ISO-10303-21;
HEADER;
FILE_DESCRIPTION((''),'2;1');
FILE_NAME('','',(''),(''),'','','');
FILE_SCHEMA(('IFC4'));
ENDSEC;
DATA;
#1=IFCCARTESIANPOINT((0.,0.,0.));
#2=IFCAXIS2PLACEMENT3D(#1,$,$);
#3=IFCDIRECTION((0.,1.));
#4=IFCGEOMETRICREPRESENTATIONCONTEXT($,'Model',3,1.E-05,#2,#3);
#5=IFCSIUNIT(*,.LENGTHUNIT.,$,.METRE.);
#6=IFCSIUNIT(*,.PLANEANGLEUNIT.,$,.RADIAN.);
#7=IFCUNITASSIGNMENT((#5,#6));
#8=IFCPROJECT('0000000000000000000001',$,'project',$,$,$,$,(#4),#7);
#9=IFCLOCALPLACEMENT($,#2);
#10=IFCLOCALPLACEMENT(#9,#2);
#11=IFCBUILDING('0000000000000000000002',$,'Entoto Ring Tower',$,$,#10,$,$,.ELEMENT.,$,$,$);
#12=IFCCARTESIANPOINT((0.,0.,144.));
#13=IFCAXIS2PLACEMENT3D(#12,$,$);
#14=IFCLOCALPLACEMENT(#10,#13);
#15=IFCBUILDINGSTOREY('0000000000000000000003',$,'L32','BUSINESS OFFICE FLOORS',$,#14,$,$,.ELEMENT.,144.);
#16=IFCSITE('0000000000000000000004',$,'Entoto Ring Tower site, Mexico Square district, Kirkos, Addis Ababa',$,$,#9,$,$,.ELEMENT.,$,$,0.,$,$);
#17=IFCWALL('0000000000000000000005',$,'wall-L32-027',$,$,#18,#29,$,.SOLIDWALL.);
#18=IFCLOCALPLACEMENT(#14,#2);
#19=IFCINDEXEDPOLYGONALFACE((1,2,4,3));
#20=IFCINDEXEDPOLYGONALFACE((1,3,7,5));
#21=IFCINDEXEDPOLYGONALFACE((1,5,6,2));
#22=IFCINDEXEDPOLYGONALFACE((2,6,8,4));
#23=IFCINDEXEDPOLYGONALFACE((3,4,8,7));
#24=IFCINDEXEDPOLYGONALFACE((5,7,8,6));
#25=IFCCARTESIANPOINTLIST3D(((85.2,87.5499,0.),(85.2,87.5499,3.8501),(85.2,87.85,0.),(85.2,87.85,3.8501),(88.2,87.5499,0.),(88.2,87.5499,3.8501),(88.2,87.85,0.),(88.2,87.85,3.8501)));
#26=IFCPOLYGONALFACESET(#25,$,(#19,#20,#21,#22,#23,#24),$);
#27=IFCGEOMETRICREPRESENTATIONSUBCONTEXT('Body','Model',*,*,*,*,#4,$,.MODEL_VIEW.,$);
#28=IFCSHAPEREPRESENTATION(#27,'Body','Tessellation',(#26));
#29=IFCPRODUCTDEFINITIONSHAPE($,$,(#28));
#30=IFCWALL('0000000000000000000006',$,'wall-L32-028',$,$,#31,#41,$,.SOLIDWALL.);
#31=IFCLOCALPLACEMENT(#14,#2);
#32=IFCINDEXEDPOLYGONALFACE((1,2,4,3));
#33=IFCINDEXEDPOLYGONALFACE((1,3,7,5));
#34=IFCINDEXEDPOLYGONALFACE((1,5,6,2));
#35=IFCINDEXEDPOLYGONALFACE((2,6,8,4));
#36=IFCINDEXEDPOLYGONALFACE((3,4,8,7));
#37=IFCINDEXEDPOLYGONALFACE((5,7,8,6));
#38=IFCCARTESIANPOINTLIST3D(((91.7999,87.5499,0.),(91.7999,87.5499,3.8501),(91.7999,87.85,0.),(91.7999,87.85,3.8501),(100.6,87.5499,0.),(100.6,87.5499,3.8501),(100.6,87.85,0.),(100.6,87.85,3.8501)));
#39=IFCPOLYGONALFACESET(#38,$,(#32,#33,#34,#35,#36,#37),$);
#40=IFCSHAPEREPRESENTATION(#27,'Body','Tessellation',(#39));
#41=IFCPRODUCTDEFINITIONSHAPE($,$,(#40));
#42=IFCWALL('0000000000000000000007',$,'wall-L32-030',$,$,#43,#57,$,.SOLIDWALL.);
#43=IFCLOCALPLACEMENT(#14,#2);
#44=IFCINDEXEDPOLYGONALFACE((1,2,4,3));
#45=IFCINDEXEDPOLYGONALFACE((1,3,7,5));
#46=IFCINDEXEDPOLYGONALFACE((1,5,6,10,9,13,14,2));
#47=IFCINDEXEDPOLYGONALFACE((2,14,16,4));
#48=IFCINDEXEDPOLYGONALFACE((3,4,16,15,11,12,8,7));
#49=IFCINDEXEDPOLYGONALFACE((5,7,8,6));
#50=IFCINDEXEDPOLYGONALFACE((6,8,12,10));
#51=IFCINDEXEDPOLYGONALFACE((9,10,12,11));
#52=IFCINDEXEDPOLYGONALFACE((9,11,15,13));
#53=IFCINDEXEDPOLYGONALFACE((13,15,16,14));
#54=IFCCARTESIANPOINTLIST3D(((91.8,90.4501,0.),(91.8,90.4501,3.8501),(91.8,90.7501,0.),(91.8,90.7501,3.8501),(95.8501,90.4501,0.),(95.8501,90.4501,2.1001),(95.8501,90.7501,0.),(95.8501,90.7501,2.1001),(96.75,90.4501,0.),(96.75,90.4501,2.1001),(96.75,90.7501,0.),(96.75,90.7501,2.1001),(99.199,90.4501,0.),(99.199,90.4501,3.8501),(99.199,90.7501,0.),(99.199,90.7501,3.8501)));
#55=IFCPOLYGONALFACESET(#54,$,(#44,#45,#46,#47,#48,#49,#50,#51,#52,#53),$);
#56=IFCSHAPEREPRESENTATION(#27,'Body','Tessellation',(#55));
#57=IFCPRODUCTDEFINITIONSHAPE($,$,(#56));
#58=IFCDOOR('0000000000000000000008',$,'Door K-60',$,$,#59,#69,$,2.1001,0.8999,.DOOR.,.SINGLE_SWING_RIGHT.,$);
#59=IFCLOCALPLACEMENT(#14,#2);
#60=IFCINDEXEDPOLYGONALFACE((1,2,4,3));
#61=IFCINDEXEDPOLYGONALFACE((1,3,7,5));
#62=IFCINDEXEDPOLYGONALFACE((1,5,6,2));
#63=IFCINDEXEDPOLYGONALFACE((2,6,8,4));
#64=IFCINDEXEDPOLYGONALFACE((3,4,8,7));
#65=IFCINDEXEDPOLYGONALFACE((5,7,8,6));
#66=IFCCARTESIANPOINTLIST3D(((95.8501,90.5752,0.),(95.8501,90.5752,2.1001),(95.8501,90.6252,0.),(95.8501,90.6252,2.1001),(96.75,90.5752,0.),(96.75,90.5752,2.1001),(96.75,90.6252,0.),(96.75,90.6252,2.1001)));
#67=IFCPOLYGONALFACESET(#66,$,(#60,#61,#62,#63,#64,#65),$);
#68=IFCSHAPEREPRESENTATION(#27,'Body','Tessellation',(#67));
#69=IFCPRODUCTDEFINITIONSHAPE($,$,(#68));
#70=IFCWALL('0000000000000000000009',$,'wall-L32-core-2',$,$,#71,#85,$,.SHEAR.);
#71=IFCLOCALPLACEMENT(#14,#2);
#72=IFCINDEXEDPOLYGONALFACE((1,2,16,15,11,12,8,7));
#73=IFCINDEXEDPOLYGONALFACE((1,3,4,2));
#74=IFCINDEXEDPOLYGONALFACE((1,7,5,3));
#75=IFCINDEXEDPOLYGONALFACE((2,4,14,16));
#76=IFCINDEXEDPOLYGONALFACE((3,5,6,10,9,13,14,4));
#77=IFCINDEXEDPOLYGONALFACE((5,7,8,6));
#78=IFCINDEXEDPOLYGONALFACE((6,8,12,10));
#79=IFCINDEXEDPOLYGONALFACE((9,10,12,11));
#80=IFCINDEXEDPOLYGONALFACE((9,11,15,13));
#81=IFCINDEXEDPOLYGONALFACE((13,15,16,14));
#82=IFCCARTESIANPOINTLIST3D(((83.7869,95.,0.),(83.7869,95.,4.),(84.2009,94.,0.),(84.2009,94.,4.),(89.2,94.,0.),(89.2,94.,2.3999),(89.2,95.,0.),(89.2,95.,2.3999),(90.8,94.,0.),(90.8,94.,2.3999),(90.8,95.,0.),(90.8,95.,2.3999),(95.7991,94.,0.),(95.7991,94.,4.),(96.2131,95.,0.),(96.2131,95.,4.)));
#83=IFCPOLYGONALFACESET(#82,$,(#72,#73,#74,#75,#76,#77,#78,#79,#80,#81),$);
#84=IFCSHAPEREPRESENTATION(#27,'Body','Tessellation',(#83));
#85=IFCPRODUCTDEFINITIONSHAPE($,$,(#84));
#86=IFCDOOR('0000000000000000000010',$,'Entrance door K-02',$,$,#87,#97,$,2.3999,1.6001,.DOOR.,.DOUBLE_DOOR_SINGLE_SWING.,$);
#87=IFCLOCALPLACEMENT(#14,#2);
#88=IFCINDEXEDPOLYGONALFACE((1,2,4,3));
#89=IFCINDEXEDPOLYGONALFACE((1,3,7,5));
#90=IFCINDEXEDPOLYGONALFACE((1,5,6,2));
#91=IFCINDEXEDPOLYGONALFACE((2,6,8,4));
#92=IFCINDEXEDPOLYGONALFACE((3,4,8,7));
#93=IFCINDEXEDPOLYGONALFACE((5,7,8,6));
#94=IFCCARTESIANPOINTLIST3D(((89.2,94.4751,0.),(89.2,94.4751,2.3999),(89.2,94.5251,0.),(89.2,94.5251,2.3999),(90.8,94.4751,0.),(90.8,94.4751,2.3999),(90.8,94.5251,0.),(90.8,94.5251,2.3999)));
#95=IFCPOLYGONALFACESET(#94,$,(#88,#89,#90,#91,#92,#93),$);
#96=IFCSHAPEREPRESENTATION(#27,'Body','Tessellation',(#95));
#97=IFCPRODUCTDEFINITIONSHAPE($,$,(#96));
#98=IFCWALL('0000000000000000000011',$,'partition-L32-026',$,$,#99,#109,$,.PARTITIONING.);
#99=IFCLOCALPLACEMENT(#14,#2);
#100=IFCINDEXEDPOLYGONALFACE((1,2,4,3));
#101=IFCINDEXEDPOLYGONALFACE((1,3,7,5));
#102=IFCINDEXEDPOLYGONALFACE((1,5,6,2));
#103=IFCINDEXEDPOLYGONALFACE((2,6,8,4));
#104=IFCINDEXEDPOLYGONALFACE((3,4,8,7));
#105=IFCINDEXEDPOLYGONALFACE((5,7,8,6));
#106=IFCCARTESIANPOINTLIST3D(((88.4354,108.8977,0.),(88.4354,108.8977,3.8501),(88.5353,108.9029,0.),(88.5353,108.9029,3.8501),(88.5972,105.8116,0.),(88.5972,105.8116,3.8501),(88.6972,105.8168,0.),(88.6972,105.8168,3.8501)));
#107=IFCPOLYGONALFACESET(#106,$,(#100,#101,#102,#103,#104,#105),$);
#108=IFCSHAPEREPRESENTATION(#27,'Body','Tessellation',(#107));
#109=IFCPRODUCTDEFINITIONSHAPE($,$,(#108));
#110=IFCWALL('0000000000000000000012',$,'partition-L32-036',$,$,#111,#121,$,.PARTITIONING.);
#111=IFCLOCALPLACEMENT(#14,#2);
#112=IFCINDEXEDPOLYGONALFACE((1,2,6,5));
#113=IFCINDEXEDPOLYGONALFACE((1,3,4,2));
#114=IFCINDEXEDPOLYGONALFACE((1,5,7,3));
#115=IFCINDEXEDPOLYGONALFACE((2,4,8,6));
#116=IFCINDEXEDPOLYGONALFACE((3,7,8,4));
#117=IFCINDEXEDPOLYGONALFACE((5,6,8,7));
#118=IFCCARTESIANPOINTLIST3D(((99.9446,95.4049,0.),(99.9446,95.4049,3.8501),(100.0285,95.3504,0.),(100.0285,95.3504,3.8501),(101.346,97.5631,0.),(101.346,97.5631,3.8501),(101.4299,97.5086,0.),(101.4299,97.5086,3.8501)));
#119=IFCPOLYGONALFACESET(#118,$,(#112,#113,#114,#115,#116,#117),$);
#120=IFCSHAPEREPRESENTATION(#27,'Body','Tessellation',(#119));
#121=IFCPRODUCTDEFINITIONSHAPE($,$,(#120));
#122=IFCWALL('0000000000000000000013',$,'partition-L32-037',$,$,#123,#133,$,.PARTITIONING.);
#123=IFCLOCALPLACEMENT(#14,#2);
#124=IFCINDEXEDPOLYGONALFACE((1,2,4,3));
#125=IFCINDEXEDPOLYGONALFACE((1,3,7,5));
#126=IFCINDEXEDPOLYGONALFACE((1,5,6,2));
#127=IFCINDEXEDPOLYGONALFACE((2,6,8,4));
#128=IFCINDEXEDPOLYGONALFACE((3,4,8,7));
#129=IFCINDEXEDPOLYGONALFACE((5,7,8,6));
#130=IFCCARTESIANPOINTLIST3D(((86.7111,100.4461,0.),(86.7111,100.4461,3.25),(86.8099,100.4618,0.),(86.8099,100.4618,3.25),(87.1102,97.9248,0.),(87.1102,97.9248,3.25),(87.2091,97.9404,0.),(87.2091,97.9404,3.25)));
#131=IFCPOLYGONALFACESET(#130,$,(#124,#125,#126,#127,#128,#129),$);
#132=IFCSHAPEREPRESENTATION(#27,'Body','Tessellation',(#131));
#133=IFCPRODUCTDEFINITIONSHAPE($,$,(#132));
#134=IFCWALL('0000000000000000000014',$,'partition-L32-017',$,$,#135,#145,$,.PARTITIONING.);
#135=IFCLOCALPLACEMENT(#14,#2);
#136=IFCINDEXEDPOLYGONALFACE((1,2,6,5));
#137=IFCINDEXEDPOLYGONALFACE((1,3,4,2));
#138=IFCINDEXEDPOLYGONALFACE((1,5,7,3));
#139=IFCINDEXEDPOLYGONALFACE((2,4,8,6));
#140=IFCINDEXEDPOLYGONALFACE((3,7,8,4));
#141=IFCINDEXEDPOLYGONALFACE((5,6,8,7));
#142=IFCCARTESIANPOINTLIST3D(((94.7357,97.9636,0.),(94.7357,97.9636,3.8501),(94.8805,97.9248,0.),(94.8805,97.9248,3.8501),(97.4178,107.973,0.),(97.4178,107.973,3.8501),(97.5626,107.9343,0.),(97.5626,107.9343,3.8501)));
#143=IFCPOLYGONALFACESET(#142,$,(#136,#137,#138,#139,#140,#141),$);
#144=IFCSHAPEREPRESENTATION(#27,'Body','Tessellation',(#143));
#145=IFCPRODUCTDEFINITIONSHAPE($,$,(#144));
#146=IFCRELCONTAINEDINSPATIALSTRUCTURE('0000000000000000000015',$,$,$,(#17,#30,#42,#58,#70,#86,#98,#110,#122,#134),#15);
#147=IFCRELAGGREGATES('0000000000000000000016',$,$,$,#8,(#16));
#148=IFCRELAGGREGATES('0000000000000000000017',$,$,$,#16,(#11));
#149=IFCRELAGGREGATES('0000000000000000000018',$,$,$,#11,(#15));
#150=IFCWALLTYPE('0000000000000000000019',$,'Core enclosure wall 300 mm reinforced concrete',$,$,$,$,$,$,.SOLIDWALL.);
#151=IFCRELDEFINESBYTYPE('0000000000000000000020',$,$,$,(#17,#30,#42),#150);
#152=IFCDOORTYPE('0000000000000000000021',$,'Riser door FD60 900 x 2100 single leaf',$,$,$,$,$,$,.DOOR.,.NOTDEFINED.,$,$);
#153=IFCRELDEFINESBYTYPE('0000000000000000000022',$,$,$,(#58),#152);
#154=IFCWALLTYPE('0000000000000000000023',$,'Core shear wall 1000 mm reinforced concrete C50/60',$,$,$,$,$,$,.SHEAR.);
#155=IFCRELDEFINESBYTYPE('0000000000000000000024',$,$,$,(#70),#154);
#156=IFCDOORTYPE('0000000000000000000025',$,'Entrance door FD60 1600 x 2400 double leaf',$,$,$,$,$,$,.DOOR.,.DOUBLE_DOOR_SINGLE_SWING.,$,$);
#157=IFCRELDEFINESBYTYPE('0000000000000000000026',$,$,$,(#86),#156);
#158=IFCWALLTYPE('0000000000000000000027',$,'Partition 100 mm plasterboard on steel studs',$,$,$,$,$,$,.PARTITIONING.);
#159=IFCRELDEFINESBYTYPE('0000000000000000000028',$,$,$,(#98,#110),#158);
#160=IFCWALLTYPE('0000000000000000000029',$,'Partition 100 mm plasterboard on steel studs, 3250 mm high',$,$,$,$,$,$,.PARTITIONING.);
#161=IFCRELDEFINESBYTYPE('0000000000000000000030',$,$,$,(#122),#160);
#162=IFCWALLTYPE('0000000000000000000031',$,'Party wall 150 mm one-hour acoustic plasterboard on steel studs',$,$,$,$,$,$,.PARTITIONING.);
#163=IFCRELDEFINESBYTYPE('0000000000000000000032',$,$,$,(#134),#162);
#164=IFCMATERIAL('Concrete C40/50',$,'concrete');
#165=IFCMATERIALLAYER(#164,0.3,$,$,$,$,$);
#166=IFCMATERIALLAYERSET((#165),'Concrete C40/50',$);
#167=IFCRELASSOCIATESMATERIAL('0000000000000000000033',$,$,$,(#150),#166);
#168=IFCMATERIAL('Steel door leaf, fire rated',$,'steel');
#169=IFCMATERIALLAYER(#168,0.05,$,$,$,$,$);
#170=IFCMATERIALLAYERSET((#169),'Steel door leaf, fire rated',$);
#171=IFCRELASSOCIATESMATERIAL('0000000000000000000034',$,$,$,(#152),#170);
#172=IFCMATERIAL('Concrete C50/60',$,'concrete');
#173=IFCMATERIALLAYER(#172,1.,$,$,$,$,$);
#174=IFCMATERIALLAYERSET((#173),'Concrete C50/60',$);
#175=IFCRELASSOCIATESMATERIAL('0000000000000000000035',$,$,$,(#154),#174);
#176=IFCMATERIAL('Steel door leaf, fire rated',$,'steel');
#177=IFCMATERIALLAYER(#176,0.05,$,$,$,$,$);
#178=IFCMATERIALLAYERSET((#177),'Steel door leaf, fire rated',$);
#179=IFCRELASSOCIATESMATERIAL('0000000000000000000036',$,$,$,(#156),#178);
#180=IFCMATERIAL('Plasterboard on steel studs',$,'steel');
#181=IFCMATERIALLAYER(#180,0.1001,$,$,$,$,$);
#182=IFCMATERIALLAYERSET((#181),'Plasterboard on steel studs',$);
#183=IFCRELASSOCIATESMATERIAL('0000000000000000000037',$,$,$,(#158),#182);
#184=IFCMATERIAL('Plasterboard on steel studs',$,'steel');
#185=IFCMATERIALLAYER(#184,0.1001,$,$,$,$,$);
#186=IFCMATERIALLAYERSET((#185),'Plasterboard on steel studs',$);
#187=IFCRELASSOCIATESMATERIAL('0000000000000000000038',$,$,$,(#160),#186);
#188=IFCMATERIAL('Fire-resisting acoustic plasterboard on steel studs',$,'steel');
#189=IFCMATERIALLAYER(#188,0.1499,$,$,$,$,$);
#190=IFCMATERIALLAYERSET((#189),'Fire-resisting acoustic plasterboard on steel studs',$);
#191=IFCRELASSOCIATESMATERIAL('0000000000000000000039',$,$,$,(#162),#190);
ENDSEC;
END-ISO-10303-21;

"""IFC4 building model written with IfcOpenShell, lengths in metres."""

from ifc_helpers import new_model, si_unit, direction, frame, frame_2d, origin, place, context, subcontext, project, spatial, polyline, rectangle, outline, extrude, material, layer, layer_set, type_object, element, fill, save


model = new_model("IFC4")

# Units and contexts
model_context = context("Model", 3, precision=1e-05, world=origin(), true_north=direction((0.0, 1.0)))
body_context = subcontext(model_context, "Body", "Model", "MODEL_VIEW")
ifc_project = project(units=[si_unit("LENGTHUNIT", "METRE"), si_unit("PLANEANGLEUNIT", "RADIAN")], contexts=[model_context])

# Site, building, storey
site_placement = place(None, origin())
site = spatial("IfcSite", under=ifc_project, at=site_placement, Name="Entoto Ring Tower site, Mexico Square district, Kirkos, Addis Ababa", CompositionType="ELEMENT", RefElevation=0.0)
building_placement = place(site_placement, origin())
building = spatial("IfcBuilding", under=site, at=building_placement, Name="Entoto Ring Tower", CompositionType="ELEMENT")
storey_placement = place(building_placement, frame((0.0, 0.0, 144.0)))
storey = spatial("IfcBuildingStorey", under=building, at=storey_placement, Name="L32", Description="BUSINESS OFFICE FLOORS", CompositionType="ELEMENT", Elevation=144.0)

# Shared definitions
ifc_material_1 = material(Name="Concrete C40/50", Category="concrete")
ifc_layer_1 = layer(ifc_material_1, 0.3)
ifc_layer_set_1 = layer_set([ifc_layer_1], Name="Concrete C40/50")
wall_type_1 = type_object("IfcWallType", Name="Core enclosure wall 300 mm reinforced concrete", PredefinedType="SOLIDWALL", material=ifc_layer_set_1)

# Walls
wall_1_placement = place(storey_placement, frame((85.2, 87.7, 0.0), z_axis=(0.0, 0.0, 1.0), x_axis=(1.0, 0.0, 0.0)))
element("IfcWall", 1, at=wall_1_placement, inside=storey, type_object=wall_type_1, Name="wall-L32-027", PredefinedType="SOLIDWALL", context=body_context, shape_type="SweptSolid", body=[
    extrude(rectangle(XDim=3.0, YDim=0.3, at=frame_2d((1.5, 0.0))), origin(), (0.0, 0.0, 1.0), 3.8501),
])
wall_2_placement = place(storey_placement, frame((91.8, 87.7, 0.0), z_axis=(0.0, 0.0, 1.0), x_axis=(1.0, 0.0, 0.0)))
element("IfcWall", 2, at=wall_2_placement, inside=storey, type_object=wall_type_1, Name="wall-L32-028", PredefinedType="SOLIDWALL", context=body_context, shape_type="SweptSolid", body=[
    extrude(rectangle(XDim=8.8, YDim=0.3, at=frame_2d((4.3999, 0.0))), origin(), (0.0, 0.0, 1.0), 3.8501),
])

# Walls, openings, doors
wall_3_placement = place(storey_placement, frame((91.8, 90.6001, 0.0), z_axis=(0.0, 0.0, 1.0), x_axis=(1.0, 0.0, 0.0)))
wall_3 = element("IfcWall", 3, at=wall_3_placement, inside=storey, type_object=wall_type_1, Name="wall-L32-030", PredefinedType="SOLIDWALL", context=body_context, shape_type="SweptSolid", body=[
    extrude(rectangle(XDim=7.3989, YDim=0.3, at=frame_2d((3.6995, 0.0))), origin(), (0.0, 0.0, 1.0), 3.8501),
])
opening_1_placement = place(wall_3_placement, frame((4.05, 0.0, 0.0)))
opening_1 = element("IfcOpeningElement", 4, at=opening_1_placement, cuts=wall_3, PredefinedType="OPENING", context=body_context, shape_type="SweptSolid", body=[
    extrude(rectangle(XDim=0.8999, YDim=2.1001, at=frame_2d((0.45, 1.05))), frame((0.0, 0.1602, 0.0), z_axis=(0.0, -1.0, 0.0), x_axis=(1.0, 0.0, 0.0)), (0.0, 0.0, 1.0), 0.3201),
])
ifc_material_2 = material(Name="Steel door leaf, fire rated", Category="steel")
ifc_layer_2 = layer(ifc_material_2, 0.05)
ifc_layer_set_2 = layer_set([ifc_layer_2], Name="Steel door leaf, fire rated")
door_type_1 = type_object("IfcDoorType", Name="Riser door FD60 900 x 2100 single leaf", OperationType="NOTDEFINED", PredefinedType="DOOR", material=ifc_layer_set_2)
door_1_placement = place(opening_1_placement, frame((0.8999, 0.0, 0.0), z_axis=(0.0, 0.0, 1.0), x_axis=(-1.0, 0.0, 0.0)))
door_1 = element("IfcDoor", 5, at=door_1_placement, inside=storey, type_object=door_type_1, Name="Door K-60", OperationType="SINGLE_SWING_RIGHT", OverallHeight=2.1001, OverallWidth=0.8999, PredefinedType="DOOR", context=body_context, shape_type="SweptSolid", body=[
    extrude(rectangle(XDim=0.8999, YDim=2.1001, at=frame_2d((0.45, 1.05))), frame((0.0, 0.0249, 0.0), z_axis=(0.0, -1.0, 0.0), x_axis=(1.0, 0.0, 0.0)), (0.0, 0.0, 1.0), 0.05),
])
fill(opening_1, door_1)
ifc_material_3 = material(Name="Concrete C50/60", Category="concrete")
ifc_layer_3 = layer(ifc_material_3, 1.0)
ifc_layer_set_3 = layer_set([ifc_layer_3], Name="Concrete C50/60")
wall_type_2 = type_object("IfcWallType", Name="Core shear wall 1000 mm reinforced concrete C50/60", PredefinedType="SHEAR", material=ifc_layer_set_3)
wall_4_placement = place(storey_placement, frame((96.0061, 94.5, 0.0), z_axis=(0.0, 0.0, 1.0), x_axis=(-1.0, 0.0, 0.0)))
wall_4 = element("IfcWall", 6, at=wall_4_placement, inside=storey, type_object=wall_type_2, Name="wall-L32-core-2", PredefinedType="SHEAR", context=body_context, shape_type="SweptSolid", body=[
    extrude(outline(polyline([(-0.207, -0.5), (12.2192, -0.5), (11.8052, 0.5), (0.207, 0.5), (-0.207, -0.5)])), origin(), (0.0, 0.0, 1.0), 4.0),
])
opening_2_placement = place(wall_4_placement, frame((5.2061, 0.0, 0.0)))
opening_2 = element("IfcOpeningElement", 7, at=opening_2_placement, cuts=wall_4, PredefinedType="OPENING", context=body_context, shape_type="SweptSolid", body=[
    extrude(rectangle(XDim=1.6001, YDim=2.3999, at=frame_2d((0.8, 1.2))), frame((0.0, 0.51, 0.0), z_axis=(0.0, -1.0, 0.0), x_axis=(1.0, 0.0, 0.0)), (0.0, 0.0, 1.0), 1.02),
])
ifc_material_4 = material(Name="Steel door leaf, fire rated", Category="steel")
ifc_layer_4 = layer(ifc_material_4, 0.05)
ifc_layer_set_4 = layer_set([ifc_layer_4], Name="Steel door leaf, fire rated")
door_type_2 = type_object("IfcDoorType", Name="Entrance door FD60 1600 x 2400 double leaf", OperationType="DOUBLE_DOOR_SINGLE_SWING", PredefinedType="DOOR", material=ifc_layer_set_4)
door_2_placement = place(opening_2_placement, origin())
door_2 = element("IfcDoor", 8, at=door_2_placement, inside=storey, type_object=door_type_2, Name="Entrance door K-02", OperationType="DOUBLE_DOOR_SINGLE_SWING", OverallHeight=2.3999, OverallWidth=1.6001, PredefinedType="DOOR", context=body_context, shape_type="SweptSolid", body=[
    extrude(rectangle(XDim=1.6001, YDim=2.3999, at=frame_2d((0.8, 1.2))), frame((0.0, 0.0249, 0.0), z_axis=(0.0, -1.0, 0.0), x_axis=(1.0, 0.0, 0.0)), (0.0, 0.0, 1.0), 0.05),
])
fill(opening_2, door_2)

# Walls
ifc_material_5 = material(Name="Plasterboard on steel studs", Category="steel")
ifc_layer_5 = layer(ifc_material_5, 0.1001)
ifc_layer_set_5 = layer_set([ifc_layer_5], Name="Plasterboard on steel studs")
wall_type_3 = type_object("IfcWallType", Name="Partition 100 mm plasterboard on steel studs", PredefinedType="PARTITIONING", material=ifc_layer_set_5)
wall_5_placement = place(storey_placement, frame((88.6472, 105.8142, 0.0), z_axis=(0.0, 0.0, 1.0), x_axis=(-0.052376, 0.998627, 0.0)))
element("IfcWall", 9, at=wall_5_placement, inside=storey, type_object=wall_type_3, Name="partition-L32-026", PredefinedType="PARTITIONING", context=body_context, shape_type="SweptSolid", body=[
    extrude(rectangle(XDim=3.0903, YDim=0.1001, at=frame_2d((1.5452, 0.0))), origin(), (0.0, 0.0, 1.0), 3.8501),
])
wall_6_placement = place(storey_placement, frame((99.9866, 95.3777, 0.0), z_axis=(0.0, 0.0, 1.0), x_axis=(0.544588, 0.838704, 0.0)))
element("IfcWall", 10, at=wall_6_placement, inside=storey, type_object=wall_type_3, Name="partition-L32-036", PredefinedType="PARTITIONING", context=body_context, shape_type="SweptSolid", body=[
    extrude(rectangle(XDim=2.5732, YDim=0.1001, at=frame_2d((1.2866, 0.0))), origin(), (0.0, 0.0, 1.0), 3.8501),
])
ifc_material_6 = material(Name="Plasterboard on steel studs", Category="steel")
ifc_layer_6 = layer(ifc_material_6, 0.1001)
ifc_layer_set_6 = layer_set([ifc_layer_6], Name="Plasterboard on steel studs")
wall_type_4 = type_object("IfcWallType", Name="Partition 100 mm plasterboard on steel studs, 3250 mm high", PredefinedType="PARTITIONING", material=ifc_layer_set_6)
wall_7_placement = place(storey_placement, frame((87.1597, 97.9326, 0.0), z_axis=(0.0, 0.0, 1.0), x_axis=(-0.156375, 0.987698, 0.0)))
element("IfcWall", 11, at=wall_7_placement, inside=storey, type_object=wall_type_4, Name="partition-L32-037", PredefinedType="PARTITIONING", context=body_context, shape_type="SweptSolid", body=[
    extrude(rectangle(XDim=2.5527, YDim=0.1001, at=frame_2d((1.2764, 0.0))), origin(), (0.0, 0.0, 1.0), 3.25),
])
ifc_material_7 = material(Name="Fire-resisting acoustic plasterboard on steel studs", Category="steel")
ifc_layer_7 = layer(ifc_material_7, 0.1499)
ifc_layer_set_7 = layer_set([ifc_layer_7], Name="Fire-resisting acoustic plasterboard on steel studs")
wall_type_5 = type_object("IfcWallType", Name="Party wall 150 mm one-hour acoustic plasterboard on steel studs", PredefinedType="PARTITIONING", material=ifc_layer_set_7)
wall_8_placement = place(storey_placement, frame((94.8081, 97.9443, 0.0), z_axis=(0.0, 0.0, 1.0), x_axis=(0.258827, 0.965924, 0.0)))
element("IfcWall", 12, at=wall_8_placement, inside=storey, type_object=wall_type_5, Name="partition-L32-017", PredefinedType="PARTITIONING", context=body_context, shape_type="SweptSolid", body=[
    extrude(rectangle(XDim=10.3625, YDim=0.1499, at=frame_2d((5.1812, 0.0))), origin(), (0.0, 0.0, 1.0), 3.8501),
])

save(model, "model.ifc")
